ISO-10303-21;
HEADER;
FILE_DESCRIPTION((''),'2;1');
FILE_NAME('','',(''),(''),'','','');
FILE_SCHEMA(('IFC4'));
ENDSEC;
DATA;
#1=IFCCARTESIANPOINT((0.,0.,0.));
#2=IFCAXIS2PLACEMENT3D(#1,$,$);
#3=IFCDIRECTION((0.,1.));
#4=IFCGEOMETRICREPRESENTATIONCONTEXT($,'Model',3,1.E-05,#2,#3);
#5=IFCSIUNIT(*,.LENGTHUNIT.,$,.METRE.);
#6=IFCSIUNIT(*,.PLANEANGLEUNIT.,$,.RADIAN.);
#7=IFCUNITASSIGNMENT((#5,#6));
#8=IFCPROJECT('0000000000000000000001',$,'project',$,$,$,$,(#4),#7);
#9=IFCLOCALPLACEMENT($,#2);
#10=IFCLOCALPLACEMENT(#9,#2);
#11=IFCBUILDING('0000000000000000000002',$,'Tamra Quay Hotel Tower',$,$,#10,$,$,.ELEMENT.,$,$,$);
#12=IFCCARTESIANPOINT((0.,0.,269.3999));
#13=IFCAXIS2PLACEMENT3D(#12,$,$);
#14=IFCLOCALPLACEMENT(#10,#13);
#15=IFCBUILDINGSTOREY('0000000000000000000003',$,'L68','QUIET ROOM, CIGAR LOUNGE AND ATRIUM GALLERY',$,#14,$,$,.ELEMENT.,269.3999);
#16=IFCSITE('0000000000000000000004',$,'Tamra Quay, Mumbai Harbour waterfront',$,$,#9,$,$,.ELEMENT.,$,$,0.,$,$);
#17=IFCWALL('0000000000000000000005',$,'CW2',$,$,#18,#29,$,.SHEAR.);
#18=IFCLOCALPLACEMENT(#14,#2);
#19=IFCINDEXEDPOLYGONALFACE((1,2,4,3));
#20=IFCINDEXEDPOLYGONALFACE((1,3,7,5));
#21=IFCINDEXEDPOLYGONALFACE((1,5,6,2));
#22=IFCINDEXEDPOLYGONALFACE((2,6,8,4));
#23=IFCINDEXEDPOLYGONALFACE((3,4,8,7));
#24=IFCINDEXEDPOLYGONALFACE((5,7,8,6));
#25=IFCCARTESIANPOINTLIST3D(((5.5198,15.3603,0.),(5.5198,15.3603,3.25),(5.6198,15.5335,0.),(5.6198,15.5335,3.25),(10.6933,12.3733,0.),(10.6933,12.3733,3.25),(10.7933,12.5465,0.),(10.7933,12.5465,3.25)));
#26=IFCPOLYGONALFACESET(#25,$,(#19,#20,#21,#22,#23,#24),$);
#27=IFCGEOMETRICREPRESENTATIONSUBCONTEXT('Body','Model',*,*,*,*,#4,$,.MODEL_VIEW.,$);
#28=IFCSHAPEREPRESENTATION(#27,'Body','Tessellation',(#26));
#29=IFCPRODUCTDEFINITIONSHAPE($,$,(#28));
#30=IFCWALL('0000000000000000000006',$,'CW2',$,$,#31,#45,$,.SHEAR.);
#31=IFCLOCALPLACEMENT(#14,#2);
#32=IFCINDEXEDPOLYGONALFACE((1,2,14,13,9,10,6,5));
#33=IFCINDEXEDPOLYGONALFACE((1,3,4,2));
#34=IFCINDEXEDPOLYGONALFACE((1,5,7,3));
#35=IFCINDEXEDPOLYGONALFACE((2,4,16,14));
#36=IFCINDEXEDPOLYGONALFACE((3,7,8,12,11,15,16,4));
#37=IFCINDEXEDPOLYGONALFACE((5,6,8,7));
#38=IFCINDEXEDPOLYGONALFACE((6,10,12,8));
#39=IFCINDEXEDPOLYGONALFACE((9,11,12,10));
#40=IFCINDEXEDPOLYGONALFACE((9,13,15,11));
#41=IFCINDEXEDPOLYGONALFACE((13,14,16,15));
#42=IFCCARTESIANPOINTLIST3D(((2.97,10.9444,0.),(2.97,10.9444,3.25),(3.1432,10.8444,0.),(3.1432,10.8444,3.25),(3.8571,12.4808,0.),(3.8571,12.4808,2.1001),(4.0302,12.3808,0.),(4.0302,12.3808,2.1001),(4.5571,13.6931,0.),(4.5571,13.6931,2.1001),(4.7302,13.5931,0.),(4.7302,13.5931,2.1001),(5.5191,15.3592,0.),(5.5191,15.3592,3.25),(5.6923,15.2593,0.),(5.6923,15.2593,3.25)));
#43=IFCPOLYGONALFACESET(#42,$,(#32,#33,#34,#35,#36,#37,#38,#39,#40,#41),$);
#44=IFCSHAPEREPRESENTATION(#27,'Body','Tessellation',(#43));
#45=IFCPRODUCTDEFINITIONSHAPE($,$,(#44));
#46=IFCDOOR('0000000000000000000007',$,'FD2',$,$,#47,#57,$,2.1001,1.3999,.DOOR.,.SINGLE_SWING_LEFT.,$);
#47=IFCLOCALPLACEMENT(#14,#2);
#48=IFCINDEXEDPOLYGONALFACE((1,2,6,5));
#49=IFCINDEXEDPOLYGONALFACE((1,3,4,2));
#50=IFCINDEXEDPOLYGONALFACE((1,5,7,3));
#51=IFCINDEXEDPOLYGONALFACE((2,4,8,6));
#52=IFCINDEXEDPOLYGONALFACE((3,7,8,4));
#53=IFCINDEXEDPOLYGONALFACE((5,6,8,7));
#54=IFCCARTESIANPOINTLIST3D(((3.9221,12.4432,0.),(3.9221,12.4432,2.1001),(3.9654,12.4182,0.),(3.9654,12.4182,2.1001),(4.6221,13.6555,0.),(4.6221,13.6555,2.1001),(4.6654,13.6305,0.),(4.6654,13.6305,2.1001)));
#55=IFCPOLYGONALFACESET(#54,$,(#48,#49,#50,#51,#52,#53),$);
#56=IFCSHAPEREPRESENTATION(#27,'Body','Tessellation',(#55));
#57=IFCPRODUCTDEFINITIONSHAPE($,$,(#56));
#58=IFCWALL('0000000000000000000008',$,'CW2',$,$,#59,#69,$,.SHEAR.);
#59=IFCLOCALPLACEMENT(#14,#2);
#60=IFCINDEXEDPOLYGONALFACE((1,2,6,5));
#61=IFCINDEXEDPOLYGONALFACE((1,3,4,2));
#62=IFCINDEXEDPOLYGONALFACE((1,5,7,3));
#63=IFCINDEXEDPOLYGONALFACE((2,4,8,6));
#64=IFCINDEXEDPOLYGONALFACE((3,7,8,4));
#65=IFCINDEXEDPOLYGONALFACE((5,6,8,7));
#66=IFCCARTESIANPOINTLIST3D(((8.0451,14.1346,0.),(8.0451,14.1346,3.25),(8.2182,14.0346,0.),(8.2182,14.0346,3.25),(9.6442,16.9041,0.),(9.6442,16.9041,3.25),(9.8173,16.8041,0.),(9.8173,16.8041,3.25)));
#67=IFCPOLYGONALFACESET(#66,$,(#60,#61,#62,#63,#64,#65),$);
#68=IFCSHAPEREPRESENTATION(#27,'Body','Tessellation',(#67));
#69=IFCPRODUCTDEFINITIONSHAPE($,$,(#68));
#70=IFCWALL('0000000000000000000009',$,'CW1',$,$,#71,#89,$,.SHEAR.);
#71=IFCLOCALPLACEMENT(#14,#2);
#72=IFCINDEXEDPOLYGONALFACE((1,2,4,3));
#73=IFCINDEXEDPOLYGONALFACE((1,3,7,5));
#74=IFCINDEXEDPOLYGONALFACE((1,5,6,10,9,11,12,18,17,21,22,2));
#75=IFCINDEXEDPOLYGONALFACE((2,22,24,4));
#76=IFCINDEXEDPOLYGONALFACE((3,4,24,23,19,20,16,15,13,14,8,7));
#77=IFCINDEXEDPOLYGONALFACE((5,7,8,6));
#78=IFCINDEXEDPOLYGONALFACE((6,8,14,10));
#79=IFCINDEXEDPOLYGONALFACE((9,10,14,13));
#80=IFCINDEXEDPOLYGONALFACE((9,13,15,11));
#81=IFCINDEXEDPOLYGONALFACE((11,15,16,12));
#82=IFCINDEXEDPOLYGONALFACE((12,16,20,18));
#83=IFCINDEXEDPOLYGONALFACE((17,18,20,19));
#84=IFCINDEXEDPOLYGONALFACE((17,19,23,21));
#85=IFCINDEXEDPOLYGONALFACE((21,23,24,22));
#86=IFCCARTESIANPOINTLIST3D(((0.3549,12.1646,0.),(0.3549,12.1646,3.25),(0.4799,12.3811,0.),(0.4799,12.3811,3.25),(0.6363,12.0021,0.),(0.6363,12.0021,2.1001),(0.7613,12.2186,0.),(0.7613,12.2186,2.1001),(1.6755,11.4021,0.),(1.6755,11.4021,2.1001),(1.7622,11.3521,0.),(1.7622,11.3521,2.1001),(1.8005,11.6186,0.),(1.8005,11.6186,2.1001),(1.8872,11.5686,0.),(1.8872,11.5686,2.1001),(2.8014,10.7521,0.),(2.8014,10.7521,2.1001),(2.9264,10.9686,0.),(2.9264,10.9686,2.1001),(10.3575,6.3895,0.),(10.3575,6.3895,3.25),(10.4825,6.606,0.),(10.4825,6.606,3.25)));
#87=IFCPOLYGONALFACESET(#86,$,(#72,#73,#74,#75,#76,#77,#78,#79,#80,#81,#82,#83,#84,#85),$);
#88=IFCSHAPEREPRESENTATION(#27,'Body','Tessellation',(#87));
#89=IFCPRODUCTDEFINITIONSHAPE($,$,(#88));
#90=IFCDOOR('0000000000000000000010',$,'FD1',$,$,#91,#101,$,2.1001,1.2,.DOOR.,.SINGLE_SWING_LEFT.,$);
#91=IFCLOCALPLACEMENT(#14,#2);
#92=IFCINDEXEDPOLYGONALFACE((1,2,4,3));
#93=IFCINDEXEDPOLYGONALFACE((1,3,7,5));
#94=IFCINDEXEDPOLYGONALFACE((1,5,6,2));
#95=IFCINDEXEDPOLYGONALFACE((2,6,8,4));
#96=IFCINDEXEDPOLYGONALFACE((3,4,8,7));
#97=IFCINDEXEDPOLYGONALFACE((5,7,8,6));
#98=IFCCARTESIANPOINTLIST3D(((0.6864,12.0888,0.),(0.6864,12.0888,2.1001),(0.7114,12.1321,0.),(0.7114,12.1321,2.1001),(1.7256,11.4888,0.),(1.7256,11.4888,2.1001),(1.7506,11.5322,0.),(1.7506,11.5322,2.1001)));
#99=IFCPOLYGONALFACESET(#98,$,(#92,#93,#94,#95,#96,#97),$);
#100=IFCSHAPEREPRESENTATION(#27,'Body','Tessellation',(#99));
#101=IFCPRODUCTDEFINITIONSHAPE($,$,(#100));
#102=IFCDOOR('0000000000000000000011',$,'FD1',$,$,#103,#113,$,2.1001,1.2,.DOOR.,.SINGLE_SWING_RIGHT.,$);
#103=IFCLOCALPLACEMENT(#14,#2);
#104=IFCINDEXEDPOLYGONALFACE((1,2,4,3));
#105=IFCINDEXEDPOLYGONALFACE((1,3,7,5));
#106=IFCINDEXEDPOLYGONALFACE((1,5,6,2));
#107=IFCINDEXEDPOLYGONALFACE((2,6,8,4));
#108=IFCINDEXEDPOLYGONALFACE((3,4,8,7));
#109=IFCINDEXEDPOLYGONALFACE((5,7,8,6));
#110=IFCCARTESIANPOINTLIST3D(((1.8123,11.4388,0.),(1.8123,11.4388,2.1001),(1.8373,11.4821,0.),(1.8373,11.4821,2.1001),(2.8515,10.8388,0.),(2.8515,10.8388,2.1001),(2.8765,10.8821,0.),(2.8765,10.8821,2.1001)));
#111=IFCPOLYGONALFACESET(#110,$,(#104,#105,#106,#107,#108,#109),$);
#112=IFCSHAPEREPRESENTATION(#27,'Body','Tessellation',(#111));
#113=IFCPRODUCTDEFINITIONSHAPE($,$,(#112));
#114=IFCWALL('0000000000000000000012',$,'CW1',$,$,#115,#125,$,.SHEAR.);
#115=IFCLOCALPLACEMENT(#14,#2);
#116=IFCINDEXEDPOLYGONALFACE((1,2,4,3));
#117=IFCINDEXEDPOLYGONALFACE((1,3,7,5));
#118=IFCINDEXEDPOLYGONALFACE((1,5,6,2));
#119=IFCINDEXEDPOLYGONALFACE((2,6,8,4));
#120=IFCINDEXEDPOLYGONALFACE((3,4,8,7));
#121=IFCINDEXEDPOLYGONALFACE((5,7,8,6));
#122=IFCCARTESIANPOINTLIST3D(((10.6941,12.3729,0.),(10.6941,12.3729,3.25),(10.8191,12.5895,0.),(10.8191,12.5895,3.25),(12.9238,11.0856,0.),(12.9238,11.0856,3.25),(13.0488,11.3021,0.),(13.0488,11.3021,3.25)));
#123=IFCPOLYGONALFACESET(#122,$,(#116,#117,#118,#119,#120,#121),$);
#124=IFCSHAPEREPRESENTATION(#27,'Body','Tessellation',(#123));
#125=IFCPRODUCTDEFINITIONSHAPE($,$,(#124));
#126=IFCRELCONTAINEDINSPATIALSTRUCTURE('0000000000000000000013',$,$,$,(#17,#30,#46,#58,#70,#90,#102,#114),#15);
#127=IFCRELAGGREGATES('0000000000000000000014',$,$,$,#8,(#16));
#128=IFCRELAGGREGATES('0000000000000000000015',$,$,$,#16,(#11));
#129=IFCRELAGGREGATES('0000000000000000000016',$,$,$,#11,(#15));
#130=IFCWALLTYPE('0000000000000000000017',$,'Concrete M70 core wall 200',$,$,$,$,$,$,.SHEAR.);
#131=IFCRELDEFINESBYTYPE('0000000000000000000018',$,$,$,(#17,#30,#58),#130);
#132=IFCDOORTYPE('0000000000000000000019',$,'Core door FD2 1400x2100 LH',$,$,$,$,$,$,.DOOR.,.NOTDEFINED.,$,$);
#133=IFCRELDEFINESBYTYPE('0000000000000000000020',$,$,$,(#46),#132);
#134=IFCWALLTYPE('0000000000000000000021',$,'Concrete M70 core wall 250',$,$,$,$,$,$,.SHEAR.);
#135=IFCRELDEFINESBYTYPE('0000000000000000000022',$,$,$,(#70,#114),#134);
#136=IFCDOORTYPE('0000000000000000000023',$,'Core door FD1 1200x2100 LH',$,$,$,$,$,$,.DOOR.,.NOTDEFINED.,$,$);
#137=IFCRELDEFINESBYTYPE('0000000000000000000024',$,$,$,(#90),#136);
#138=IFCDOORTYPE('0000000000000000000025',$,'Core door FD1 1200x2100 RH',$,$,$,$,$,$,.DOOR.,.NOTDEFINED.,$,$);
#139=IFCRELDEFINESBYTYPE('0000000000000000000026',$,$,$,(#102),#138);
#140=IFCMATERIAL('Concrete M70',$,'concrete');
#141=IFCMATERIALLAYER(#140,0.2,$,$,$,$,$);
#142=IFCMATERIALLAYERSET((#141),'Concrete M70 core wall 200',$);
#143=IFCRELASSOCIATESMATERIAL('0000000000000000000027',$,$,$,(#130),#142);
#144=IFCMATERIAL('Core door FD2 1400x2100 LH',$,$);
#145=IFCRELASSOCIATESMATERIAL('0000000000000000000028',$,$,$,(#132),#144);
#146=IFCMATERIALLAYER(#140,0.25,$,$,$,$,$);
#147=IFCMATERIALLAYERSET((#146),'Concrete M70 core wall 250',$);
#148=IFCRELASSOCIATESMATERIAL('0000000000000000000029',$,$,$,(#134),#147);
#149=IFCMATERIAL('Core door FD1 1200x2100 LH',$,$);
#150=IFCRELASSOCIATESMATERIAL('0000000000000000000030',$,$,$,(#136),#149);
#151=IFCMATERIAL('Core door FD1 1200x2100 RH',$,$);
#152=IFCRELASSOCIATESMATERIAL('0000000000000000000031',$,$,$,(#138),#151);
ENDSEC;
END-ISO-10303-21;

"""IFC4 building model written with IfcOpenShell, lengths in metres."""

from ifc_helpers import new_model, si_unit, direction, frame, frame_2d, origin, place, context, subcontext, project, spatial, rectangle, extrude, material, layer, layer_set, type_object, element, fill, save


model = new_model("IFC4")

# Units and contexts
model_context = context("Model", 3, precision=1e-05, world=origin(), true_north=direction((0.0, 1.0)))
body_context = subcontext(model_context, "Body", "Model", "MODEL_VIEW")
ifc_project = project(units=[si_unit("LENGTHUNIT", "METRE"), si_unit("PLANEANGLEUNIT", "RADIAN")], contexts=[model_context])

# Site, building, storey
site_placement = place(None, origin())
site = spatial("IfcSite", under=ifc_project, at=site_placement, Name="Tamra Quay, Mumbai Harbour waterfront", CompositionType="ELEMENT", RefElevation=0.0)
building_placement = place(site_placement, origin())
building = spatial("IfcBuilding", under=site, at=building_placement, Name="Tamra Quay Hotel Tower", CompositionType="ELEMENT")
storey_placement = place(building_placement, frame((0.0, 0.0, 269.3999)))
storey = spatial("IfcBuildingStorey", under=building, at=storey_placement, Name="L68", Description="QUIET ROOM, CIGAR LOUNGE AND ATRIUM GALLERY", CompositionType="ELEMENT", Elevation=269.3999)

# Wall
ifc_material_1 = material(Name="Concrete M70", Category="concrete")
ifc_layer_1 = layer(ifc_material_1, 0.2)
ifc_layer_set_1 = layer_set([ifc_layer_1], Name="Concrete M70 core wall 200")
wall_type_1 = type_object("IfcWallType", Name="Concrete M70 core wall 200", PredefinedType="SHEAR", material=ifc_layer_set_1)
wall_1_placement = place(storey_placement, frame((10.7432, 12.46, 0.0), z_axis=(0.0, 0.0, 1.0), x_axis=(-0.866019, 0.500011, 0.0)))
element("IfcWall", 1, at=wall_1_placement, inside=storey, type_object=wall_type_1, Name="CW2", PredefinedType="SHEAR", context=body_context, shape_type="SweptSolid", body=[
    extrude(rectangle(XDim=5.9739, YDim=0.2, at=frame_2d((2.9868, 0.0))), origin(), (0.0, 0.0, 1.0), 3.25),
])

# Wall, opening, door
wall_2_placement = place(storey_placement, frame((3.0566, 10.8945, 0.0), z_axis=(0.0, 0.0, 1.0), x_axis=(0.500028, 0.866009, 0.0)))
wall_2 = element("IfcWall", 2, at=wall_2_placement, inside=storey, type_object=wall_type_1, Name="CW2", PredefinedType="SHEAR", context=body_context, shape_type="SweptSolid", body=[
    extrude(rectangle(XDim=5.0979, YDim=0.2, at=frame_2d((2.5488, 0.0))), origin(), (0.0, 0.0, 1.0), 3.25),
])
opening_1_placement = place(wall_2_placement, frame((1.7739, 0.0, 0.0)))
opening_1 = element("IfcOpeningElement", 3, at=opening_1_placement, cuts=wall_2, PredefinedType="OPENING", context=body_context, shape_type="SweptSolid", body=[
    extrude(rectangle(XDim=1.3999, YDim=2.1001, at=frame_2d((0.7, 1.05))), frame((0.0, 0.1099, 0.0), z_axis=(0.0, -1.0, 0.0), x_axis=(1.0, 0.0, 0.0)), (0.0, 0.0, 1.0), 0.22),
])
ifc_material_2 = material(Name="Core door FD2 1400x2100 LH")
door_type_1 = type_object("IfcDoorType", Name="Core door FD2 1400x2100 LH", OperationType="NOTDEFINED", PredefinedType="DOOR", material=ifc_material_2)
door_1_placement = place(opening_1_placement, origin())
door_1 = element("IfcDoor", 4, at=door_1_placement, inside=storey, type_object=door_type_1, Name="FD2", OperationType="SINGLE_SWING_LEFT", OverallHeight=2.1001, OverallWidth=1.3999, PredefinedType="DOOR", context=body_context, shape_type="SweptSolid", body=[
    extrude(rectangle(XDim=1.3999, YDim=2.1001, at=frame_2d((0.7, 1.05))), frame((0.0, 0.0249, 0.0), z_axis=(0.0, -1.0, 0.0), x_axis=(1.0, 0.0, 0.0)), (0.0, 0.0, 1.0), 0.05),
])
fill(opening_1, door_1)

# Wall
wall_3_placement = place(storey_placement, frame((8.1316, 14.0845, 0.0), z_axis=(0.0, 0.0, 1.0), x_axis=(0.500031, 0.866008, 0.0)))
element("IfcWall", 5, at=wall_3_placement, inside=storey, type_object=wall_type_1, Name="CW2", PredefinedType="SHEAR", context=body_context, shape_type="SweptSolid", body=[
    extrude(rectangle(XDim=3.198, YDim=0.2, at=frame_2d((1.5991, 0.0))), origin(), (0.0, 0.0, 1.0), 3.25),
])

# Wall, openings, doors
ifc_layer_2 = layer(ifc_material_1, 0.25)
ifc_layer_set_2 = layer_set([ifc_layer_2], Name="Concrete M70 core wall 250")
wall_type_2 = type_object("IfcWallType", Name="Concrete M70 core wall 250", PredefinedType="SHEAR", material=ifc_layer_set_2)
wall_4_placement = place(storey_placement, frame((10.4199, 6.4978, 0.0), z_axis=(0.0, 0.0, 1.0), x_axis=(-0.866022, 0.500006, 0.0)))
wall_4 = element("IfcWall", 6, at=wall_4_placement, inside=storey, type_object=wall_type_2, Name="CW1", PredefinedType="SHEAR", context=body_context, shape_type="SweptSolid", body=[
    extrude(rectangle(XDim=11.55, YDim=0.25, at=frame_2d((5.7749, 0.0))), origin(), (0.0, 0.0, 1.0), 3.25),
])
opening_2_placement = place(wall_4_placement, frame((10.0249, 0.0, 0.0)))
opening_2 = element("IfcOpeningElement", 7, at=opening_2_placement, cuts=wall_4, PredefinedType="OPENING", context=body_context, shape_type="SweptSolid", body=[
    extrude(rectangle(XDim=1.2, YDim=2.1001, at=frame_2d((0.6001, 1.05))), frame((0.0, 0.135, 0.0), z_axis=(0.0, -1.0, 0.0), x_axis=(1.0, 0.0, 0.0)), (0.0, 0.0, 1.0), 0.27),
])
opening_3_placement = place(wall_4_placement, frame((8.7249, 0.0, 0.0)))
opening_3 = element("IfcOpeningElement", 8, at=opening_3_placement, cuts=wall_4, PredefinedType="OPENING", context=body_context, shape_type="SweptSolid", body=[
    extrude(rectangle(XDim=1.2, YDim=2.1001, at=frame_2d((0.6001, 1.05))), frame((0.0, 0.135, 0.0), z_axis=(0.0, -1.0, 0.0), x_axis=(1.0, 0.0, 0.0)), (0.0, 0.0, 1.0), 0.27),
])
ifc_material_3 = material(Name="Core door FD1 1200x2100 LH")
door_type_2 = type_object("IfcDoorType", Name="Core door FD1 1200x2100 LH", OperationType="NOTDEFINED", PredefinedType="DOOR", material=ifc_material_3)
door_2_placement = place(opening_2_placement, origin())
door_2 = element("IfcDoor", 9, at=door_2_placement, inside=storey, type_object=door_type_2, Name="FD1", OperationType="SINGLE_SWING_LEFT", OverallHeight=2.1001, OverallWidth=1.2, PredefinedType="DOOR", context=body_context, shape_type="SweptSolid", body=[
    extrude(rectangle(XDim=1.2, YDim=2.1001, at=frame_2d((0.6001, 1.05))), frame((0.0, 0.0249, 0.0), z_axis=(0.0, -1.0, 0.0), x_axis=(1.0, 0.0, 0.0)), (0.0, 0.0, 1.0), 0.05),
])
fill(opening_2, door_2)
ifc_material_4 = material(Name="Core door FD1 1200x2100 RH")
door_type_3 = type_object("IfcDoorType", Name="Core door FD1 1200x2100 RH", OperationType="NOTDEFINED", PredefinedType="DOOR", material=ifc_material_4)
door_3_placement = place(opening_3_placement, origin())
door_3 = element("IfcDoor", 10, at=door_3_placement, inside=storey, type_object=door_type_3, Name="FD1", OperationType="SINGLE_SWING_RIGHT", OverallHeight=2.1001, OverallWidth=1.2, PredefinedType="DOOR", context=body_context, shape_type="SweptSolid", body=[
    extrude(rectangle(XDim=1.2, YDim=2.1001, at=frame_2d((0.6001, 1.05))), frame((0.0, 0.0249, 0.0), z_axis=(0.0, -1.0, 0.0), x_axis=(1.0, 0.0, 0.0)), (0.0, 0.0, 1.0), 0.05),
])
fill(opening_3, door_3)

# Wall
wall_5_placement = place(storey_placement, frame((10.7566, 12.4812, 0.0), z_axis=(0.0, 0.0, 1.0), x_axis=(0.866023, -0.500004, 0.0)))
element("IfcWall", 11, at=wall_5_placement, inside=storey, type_object=wall_type_2, Name="CW1", PredefinedType="SHEAR", context=body_context, shape_type="SweptSolid", body=[
    extrude(rectangle(XDim=2.5747, YDim=0.25, at=frame_2d((1.2874, 0.0))), origin(), (0.0, 0.0, 1.0), 3.25),
])

save(model, "model.ifc")
